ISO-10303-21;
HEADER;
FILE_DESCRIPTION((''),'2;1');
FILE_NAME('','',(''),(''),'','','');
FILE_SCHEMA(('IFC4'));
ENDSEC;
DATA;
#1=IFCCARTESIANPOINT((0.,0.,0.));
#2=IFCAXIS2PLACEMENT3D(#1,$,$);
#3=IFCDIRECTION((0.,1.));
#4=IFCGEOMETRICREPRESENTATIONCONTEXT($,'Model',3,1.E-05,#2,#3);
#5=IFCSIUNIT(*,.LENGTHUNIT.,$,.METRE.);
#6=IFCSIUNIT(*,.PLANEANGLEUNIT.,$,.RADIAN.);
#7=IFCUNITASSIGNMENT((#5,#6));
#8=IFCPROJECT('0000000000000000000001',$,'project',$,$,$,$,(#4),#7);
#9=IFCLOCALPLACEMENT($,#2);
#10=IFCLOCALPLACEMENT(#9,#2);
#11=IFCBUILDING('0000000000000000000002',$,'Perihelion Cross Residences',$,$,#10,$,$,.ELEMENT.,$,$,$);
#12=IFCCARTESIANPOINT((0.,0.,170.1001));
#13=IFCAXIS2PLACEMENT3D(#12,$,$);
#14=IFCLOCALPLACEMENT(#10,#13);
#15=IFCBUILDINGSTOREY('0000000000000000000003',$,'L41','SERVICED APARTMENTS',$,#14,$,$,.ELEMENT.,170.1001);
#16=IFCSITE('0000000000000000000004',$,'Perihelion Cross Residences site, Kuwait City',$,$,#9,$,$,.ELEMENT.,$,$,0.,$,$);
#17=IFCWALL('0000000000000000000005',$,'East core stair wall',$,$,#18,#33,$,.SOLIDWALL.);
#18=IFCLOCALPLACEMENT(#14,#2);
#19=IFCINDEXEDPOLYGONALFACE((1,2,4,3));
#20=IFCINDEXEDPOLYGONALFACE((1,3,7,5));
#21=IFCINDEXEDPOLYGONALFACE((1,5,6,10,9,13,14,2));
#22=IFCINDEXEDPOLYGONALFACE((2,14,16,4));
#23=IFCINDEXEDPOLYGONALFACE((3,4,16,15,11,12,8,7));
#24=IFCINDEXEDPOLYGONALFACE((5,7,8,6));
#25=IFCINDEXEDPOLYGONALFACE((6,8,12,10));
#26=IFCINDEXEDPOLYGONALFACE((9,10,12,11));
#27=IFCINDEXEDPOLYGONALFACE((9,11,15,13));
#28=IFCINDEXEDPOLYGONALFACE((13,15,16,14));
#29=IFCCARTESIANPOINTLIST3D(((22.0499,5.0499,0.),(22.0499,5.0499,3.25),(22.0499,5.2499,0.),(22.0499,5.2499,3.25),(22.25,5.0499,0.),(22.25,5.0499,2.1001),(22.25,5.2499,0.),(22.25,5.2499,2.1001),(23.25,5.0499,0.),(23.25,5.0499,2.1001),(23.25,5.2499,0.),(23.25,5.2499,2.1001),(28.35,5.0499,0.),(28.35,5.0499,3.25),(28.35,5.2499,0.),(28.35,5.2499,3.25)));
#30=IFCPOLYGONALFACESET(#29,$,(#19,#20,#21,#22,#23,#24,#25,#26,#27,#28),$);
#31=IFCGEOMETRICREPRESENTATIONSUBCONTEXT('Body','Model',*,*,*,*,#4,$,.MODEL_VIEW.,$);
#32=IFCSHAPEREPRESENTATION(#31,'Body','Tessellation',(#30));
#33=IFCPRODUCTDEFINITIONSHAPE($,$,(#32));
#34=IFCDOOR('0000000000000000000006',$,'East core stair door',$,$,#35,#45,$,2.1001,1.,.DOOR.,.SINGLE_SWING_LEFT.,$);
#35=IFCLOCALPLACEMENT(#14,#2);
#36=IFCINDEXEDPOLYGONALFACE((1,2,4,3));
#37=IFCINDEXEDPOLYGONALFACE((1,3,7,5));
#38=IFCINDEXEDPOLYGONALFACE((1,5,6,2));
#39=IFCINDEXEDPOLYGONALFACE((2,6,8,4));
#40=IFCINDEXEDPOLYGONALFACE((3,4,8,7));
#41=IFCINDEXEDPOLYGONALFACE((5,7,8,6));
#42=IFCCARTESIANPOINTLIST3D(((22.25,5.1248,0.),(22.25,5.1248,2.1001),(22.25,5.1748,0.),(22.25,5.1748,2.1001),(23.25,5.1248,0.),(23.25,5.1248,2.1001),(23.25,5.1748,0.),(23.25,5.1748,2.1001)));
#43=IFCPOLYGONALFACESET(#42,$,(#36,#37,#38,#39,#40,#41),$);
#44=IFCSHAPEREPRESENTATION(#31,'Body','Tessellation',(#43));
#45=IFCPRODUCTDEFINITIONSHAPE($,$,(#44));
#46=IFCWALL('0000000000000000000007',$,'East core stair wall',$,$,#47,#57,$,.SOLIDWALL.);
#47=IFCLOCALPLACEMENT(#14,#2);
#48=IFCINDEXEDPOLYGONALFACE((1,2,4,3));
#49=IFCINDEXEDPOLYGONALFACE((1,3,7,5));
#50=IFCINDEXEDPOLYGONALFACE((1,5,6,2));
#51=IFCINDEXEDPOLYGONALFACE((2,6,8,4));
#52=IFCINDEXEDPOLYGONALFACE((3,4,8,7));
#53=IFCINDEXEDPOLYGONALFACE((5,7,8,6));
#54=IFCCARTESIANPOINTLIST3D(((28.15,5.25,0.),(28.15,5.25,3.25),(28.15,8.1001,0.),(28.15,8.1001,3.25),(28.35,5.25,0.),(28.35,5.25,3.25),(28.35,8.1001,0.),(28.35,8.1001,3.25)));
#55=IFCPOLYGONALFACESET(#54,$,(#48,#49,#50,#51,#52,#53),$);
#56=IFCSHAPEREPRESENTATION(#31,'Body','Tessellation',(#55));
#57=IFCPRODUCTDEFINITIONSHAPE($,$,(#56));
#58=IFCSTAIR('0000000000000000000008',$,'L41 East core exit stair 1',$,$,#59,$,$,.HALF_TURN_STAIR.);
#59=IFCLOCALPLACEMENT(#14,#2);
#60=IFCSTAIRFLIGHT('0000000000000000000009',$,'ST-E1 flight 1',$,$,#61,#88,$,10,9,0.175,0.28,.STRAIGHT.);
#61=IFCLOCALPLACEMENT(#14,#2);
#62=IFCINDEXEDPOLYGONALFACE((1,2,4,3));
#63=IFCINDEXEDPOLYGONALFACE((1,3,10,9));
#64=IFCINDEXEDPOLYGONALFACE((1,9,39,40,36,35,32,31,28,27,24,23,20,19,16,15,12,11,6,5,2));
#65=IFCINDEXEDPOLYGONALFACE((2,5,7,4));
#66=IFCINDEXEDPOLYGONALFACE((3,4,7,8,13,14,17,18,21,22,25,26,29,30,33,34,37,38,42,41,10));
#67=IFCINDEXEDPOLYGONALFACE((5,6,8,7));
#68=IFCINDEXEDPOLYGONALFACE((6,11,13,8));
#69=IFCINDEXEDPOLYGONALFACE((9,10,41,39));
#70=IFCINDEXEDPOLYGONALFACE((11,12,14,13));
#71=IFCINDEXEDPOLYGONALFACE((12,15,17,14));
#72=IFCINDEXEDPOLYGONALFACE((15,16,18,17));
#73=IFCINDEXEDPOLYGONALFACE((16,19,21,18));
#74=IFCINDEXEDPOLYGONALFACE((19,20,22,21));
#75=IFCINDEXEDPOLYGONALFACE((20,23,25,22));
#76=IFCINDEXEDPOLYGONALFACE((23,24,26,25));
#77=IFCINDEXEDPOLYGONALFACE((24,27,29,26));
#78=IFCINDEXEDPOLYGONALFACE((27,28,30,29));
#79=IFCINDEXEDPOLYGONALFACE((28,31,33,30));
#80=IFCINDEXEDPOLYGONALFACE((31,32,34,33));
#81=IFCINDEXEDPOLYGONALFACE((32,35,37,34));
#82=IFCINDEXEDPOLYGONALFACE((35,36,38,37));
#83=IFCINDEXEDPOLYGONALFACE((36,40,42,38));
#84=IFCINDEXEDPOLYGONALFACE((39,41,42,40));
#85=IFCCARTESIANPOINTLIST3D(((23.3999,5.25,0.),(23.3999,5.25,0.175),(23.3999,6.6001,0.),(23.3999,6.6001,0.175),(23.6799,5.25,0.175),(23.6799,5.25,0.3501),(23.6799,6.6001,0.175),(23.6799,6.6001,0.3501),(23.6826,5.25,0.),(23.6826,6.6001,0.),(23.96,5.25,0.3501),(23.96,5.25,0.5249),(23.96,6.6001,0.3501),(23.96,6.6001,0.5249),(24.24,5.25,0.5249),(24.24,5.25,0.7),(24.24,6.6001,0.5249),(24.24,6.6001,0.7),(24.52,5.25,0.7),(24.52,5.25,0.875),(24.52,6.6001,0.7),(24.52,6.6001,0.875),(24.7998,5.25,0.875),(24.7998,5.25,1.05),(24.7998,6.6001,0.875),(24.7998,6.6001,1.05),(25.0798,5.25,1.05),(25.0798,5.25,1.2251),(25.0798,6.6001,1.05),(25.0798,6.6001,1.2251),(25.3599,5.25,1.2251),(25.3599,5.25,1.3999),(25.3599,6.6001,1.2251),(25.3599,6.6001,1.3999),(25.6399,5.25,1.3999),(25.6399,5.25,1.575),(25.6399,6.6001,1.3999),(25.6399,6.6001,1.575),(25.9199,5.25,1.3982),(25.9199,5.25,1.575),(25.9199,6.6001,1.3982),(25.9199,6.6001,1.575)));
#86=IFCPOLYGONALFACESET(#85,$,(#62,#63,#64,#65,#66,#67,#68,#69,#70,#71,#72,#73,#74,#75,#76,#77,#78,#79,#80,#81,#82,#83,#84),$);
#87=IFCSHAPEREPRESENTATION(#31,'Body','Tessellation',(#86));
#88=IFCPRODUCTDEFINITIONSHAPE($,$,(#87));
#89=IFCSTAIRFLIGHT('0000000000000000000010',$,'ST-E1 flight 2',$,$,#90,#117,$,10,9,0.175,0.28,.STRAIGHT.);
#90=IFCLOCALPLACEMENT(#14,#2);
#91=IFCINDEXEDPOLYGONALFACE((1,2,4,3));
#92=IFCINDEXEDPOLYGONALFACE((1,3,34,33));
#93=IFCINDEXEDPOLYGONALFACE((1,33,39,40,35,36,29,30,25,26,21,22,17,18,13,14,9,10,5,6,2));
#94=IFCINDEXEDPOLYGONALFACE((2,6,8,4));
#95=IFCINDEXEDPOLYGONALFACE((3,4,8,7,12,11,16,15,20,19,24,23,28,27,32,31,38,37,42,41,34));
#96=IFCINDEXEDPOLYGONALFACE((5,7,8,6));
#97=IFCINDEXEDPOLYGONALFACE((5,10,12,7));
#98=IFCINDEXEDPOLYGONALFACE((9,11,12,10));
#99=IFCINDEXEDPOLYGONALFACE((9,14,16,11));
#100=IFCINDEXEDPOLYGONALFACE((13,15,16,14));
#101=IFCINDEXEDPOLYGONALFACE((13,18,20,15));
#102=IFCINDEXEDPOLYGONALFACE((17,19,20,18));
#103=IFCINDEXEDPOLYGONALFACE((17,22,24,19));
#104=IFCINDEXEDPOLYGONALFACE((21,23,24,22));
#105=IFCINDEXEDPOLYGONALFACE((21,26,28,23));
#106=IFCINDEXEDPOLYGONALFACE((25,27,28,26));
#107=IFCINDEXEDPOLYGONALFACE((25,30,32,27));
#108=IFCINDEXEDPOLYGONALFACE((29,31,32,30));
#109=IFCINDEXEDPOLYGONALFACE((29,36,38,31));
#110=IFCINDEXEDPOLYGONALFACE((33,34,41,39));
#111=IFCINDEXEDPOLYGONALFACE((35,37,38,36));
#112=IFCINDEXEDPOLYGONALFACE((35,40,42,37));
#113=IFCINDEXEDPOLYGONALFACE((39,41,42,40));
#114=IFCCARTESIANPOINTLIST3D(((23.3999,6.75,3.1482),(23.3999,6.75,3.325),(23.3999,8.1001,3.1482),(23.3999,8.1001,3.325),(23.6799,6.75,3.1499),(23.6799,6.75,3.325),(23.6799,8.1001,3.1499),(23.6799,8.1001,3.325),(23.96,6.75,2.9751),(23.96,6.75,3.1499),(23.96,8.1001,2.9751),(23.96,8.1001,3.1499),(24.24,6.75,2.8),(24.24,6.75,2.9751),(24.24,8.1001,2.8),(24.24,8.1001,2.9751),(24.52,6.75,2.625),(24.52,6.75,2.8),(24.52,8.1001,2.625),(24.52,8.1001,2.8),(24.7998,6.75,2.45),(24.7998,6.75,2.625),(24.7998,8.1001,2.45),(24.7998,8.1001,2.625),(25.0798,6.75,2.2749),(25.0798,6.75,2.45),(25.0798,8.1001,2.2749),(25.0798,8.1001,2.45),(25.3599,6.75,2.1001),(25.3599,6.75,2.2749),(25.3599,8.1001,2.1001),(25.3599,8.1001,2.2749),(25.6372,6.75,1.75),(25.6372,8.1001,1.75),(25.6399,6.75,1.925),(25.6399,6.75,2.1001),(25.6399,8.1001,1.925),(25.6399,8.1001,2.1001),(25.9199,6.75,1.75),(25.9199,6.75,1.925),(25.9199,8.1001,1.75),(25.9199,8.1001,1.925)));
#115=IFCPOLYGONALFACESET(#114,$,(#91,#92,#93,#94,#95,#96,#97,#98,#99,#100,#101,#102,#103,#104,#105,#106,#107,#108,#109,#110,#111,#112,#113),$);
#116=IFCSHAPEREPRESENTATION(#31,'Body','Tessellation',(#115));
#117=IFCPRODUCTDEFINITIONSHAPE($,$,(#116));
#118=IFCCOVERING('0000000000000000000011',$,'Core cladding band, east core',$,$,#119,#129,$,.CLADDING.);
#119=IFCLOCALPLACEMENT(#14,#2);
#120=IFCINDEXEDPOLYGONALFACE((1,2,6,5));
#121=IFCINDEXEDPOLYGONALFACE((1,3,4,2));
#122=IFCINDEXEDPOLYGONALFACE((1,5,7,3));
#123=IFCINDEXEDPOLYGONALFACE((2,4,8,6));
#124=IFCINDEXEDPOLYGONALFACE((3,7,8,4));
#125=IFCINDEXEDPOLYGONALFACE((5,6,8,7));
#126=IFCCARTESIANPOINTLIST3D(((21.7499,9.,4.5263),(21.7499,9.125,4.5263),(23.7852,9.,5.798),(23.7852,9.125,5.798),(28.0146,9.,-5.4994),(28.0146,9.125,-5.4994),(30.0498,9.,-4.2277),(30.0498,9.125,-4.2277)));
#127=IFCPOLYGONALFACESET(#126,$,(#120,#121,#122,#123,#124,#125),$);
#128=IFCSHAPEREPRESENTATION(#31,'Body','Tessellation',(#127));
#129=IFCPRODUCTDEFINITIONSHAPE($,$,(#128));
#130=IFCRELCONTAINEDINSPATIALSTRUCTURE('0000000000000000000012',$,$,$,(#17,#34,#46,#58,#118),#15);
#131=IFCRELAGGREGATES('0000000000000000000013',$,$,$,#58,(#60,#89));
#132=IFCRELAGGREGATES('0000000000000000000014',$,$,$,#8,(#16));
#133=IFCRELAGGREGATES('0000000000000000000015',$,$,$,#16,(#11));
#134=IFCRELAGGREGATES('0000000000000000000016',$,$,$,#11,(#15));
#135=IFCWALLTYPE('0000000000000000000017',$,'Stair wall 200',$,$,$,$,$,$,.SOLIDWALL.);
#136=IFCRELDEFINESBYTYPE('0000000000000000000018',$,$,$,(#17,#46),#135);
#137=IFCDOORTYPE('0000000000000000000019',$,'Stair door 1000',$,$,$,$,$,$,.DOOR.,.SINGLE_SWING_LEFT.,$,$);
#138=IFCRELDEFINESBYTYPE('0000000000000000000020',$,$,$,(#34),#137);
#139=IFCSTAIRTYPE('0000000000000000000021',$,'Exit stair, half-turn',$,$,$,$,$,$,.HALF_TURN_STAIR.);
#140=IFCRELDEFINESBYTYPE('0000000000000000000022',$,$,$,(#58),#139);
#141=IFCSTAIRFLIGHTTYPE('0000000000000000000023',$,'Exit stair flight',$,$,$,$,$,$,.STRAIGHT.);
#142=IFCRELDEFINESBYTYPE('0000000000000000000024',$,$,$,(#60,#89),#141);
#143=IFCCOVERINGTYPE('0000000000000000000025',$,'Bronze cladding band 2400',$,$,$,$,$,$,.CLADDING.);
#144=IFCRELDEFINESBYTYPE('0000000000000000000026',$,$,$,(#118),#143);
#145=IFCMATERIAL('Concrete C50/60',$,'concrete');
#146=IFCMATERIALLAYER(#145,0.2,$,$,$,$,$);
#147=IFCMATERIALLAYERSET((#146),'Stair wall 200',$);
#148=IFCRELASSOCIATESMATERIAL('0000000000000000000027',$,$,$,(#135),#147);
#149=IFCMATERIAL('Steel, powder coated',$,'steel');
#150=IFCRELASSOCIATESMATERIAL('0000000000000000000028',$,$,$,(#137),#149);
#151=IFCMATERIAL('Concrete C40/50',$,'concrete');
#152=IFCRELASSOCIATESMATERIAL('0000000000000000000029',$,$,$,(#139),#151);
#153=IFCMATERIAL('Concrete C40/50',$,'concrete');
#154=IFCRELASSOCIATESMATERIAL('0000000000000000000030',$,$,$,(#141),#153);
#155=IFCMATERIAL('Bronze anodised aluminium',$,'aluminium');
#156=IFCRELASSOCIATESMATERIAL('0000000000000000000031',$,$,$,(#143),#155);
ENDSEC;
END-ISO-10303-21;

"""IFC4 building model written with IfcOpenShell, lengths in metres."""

from ifc_helpers import new_model, si_unit, direction, frame, frame_2d, origin, origin_2d, place, context, subcontext, project, spatial, polyline, rectangle, outline, extrude, material, layer, layer_set, material_profile, profile_set, type_object, element, fill, aggregate, save


model = new_model("IFC4")

# Units and contexts
model_context = context("Model", 3, precision=1e-05, world=origin(), true_north=direction((0.0, 1.0)))
body_context = subcontext(model_context, "Body", "Model", "MODEL_VIEW")
ifc_project = project(units=[si_unit("LENGTHUNIT", "METRE"), si_unit("PLANEANGLEUNIT", "RADIAN")], contexts=[model_context])

# Site, building, storey
site_placement = place(None, origin())
site = spatial("IfcSite", under=ifc_project, at=site_placement, Name="Perihelion Cross Residences site, Kuwait City", CompositionType="ELEMENT", RefElevation=0.0)
building_placement = place(site_placement, origin())
building = spatial("IfcBuilding", under=site, at=building_placement, Name="Perihelion Cross Residences", CompositionType="ELEMENT")
storey_placement = place(building_placement, frame((0.0, 0.0, 170.1001)))
storey = spatial("IfcBuildingStorey", under=building, at=storey_placement, Name="L41", Description="SERVICED APARTMENTS", CompositionType="ELEMENT", Elevation=170.1001)

# Wall, opening, door
ifc_material_1 = material(Name="Concrete C50/60", Category="concrete")
ifc_layer_1 = layer(ifc_material_1, 0.2)
ifc_layer_set_1 = layer_set([ifc_layer_1], Name="Stair wall 200")
wall_type_1 = type_object("IfcWallType", Name="Stair wall 200", PredefinedType="SOLIDWALL", material=ifc_layer_set_1)
wall_1_placement = place(storey_placement, frame((22.05, 5.1499, 0.0), z_axis=(0.0, 0.0, 1.0), x_axis=(1.0, 0.0, 0.0)))
wall_1 = element("IfcWall", 1, at=wall_1_placement, inside=storey, type_object=wall_type_1, Name="East core stair wall", PredefinedType="SOLIDWALL", context=body_context, shape_type="SweptSolid", body=[
    extrude(rectangle(XDim=6.3, YDim=0.2, at=frame_2d((3.1499, 0.0))), origin(), (0.0, 0.0, 1.0), 3.25),
])
opening_1_placement = place(wall_1_placement, frame((0.2, 0.0, 0.0)))
opening_1 = element("IfcOpeningElement", 2, at=opening_1_placement, cuts=wall_1, PredefinedType="OPENING", context=body_context, shape_type="SweptSolid", body=[
    extrude(rectangle(XDim=1.0, YDim=2.1001, at=frame_2d((0.5, 1.05))), frame((0.0, 0.1099, 0.0), z_axis=(0.0, -1.0, 0.0), x_axis=(1.0, 0.0, 0.0)), (0.0, 0.0, 1.0), 0.22),
])
ifc_material_2 = material(Name="Steel, powder coated", Category="steel")
door_type_1 = type_object("IfcDoorType", Name="Stair door 1000", OperationType="SINGLE_SWING_LEFT", PredefinedType="DOOR", material=ifc_material_2)
door_1_placement = place(opening_1_placement, origin())
door_1 = element("IfcDoor", 3, at=door_1_placement, inside=storey, type_object=door_type_1, Name="East core stair door", OperationType="SINGLE_SWING_LEFT", OverallHeight=2.1001, OverallWidth=1.0, PredefinedType="DOOR", context=body_context, shape_type="SweptSolid", body=[
    extrude(rectangle(XDim=1.0, YDim=2.1001, at=frame_2d((0.5, 1.05))), frame((0.0, 0.0249, 0.0), z_axis=(0.0, -1.0, 0.0), x_axis=(1.0, 0.0, 0.0)), (0.0, 0.0, 1.0), 0.05),
])
fill(opening_1, door_1)

# Wall
wall_2_placement = place(storey_placement, frame((28.25, 5.25, 0.0), z_axis=(0.0, 0.0, 1.0), x_axis=(0.0, 1.0, 0.0)))
element("IfcWall", 4, at=wall_2_placement, inside=storey, type_object=wall_type_1, Name="East core stair wall", PredefinedType="SOLIDWALL", context=body_context, shape_type="SweptSolid", body=[
    extrude(rectangle(XDim=2.8501, YDim=0.2, at=frame_2d((1.425, 0.0))), origin(), (0.0, 0.0, 1.0), 3.25),
])

# Stair, stair flights
ifc_material_3 = material(Name="Concrete C40/50", Category="concrete")
stair_type = type_object("IfcStairType", Name="Exit stair, half-turn", PredefinedType="HALF_TURN_STAIR", material=ifc_material_3)
stair_placement = place(storey_placement, origin())
stair = element("IfcStair", 5, at=stair_placement, inside=storey, type_object=stair_type, Name="L41 East core exit stair 1", PredefinedType="HALF_TURN_STAIR")
ifc_material_4 = material(Name="Concrete C40/50", Category="concrete")
stair_flight_type = type_object("IfcStairFlightType", Name="Exit stair flight", PredefinedType="STRAIGHT", material=ifc_material_4)
stair_flight_1_placement = place(storey_placement, frame((23.3999, 5.925, 0.0), z_axis=(0.0, 0.0, 1.0), x_axis=(1.0, 0.0, 0.0)))
stair_flight_1 = element("IfcStairFlight", 6, at=stair_flight_1_placement, type_object=stair_flight_type, Name="ST-E1 flight 1", NumberOfRisers=10, NumberOfTreads=9, PredefinedType="STRAIGHT", RiserHeight=0.175, TreadLength=0.28, context=body_context, shape_type="SweptSolid", body=[
    extrude(outline(polyline([(0.0, 0.0), (0.0, 0.175), (0.28, 0.175), (0.28, 0.3501), (0.5601, 0.3501), (0.5601, 0.5249), (0.8401, 0.5249), (0.8401, 0.7), (1.1201, 0.7), (1.1201, 0.875), (1.3999, 0.875), (1.3999, 1.05), (1.6799, 1.05), (1.6799, 1.2251), (1.96, 1.2251), (1.96, 1.3999), (2.24, 1.3999), (2.24, 1.575), (2.52, 1.575), (2.52, 1.75), (2.52, 1.3982), (0.2827, 0.0), (0.0, 0.0)])), frame((0.0, 0.675, 0.0), z_axis=(0.0, -1.0, 0.0), x_axis=(1.0, 0.0, 0.0)), (0.0, 0.0, 1.0), 1.3501),
])
stair_flight_2_placement = place(storey_placement, frame((25.9199, 7.425, 1.75), z_axis=(0.0, 0.0, 1.0), x_axis=(-1.0, 0.0, 0.0)))
stair_flight_2 = element("IfcStairFlight", 7, at=stair_flight_2_placement, type_object=stair_flight_type, Name="ST-E1 flight 2", NumberOfRisers=10, NumberOfTreads=9, PredefinedType="STRAIGHT", RiserHeight=0.175, TreadLength=0.28, context=body_context, shape_type="SweptSolid", body=[
    extrude(outline(polyline([(0.0, 0.0), (0.0, 0.175), (0.28, 0.175), (0.28, 0.3501), (0.5601, 0.3501), (0.5601, 0.5249), (0.8401, 0.5249), (0.8401, 0.7), (1.1201, 0.7), (1.1201, 0.875), (1.3999, 0.875), (1.3999, 1.05), (1.6799, 1.05), (1.6799, 1.2251), (1.96, 1.2251), (1.96, 1.3999), (2.24, 1.3999), (2.24, 1.575), (2.52, 1.575), (2.52, 1.75), (2.52, 1.3982), (0.2827, 0.0), (0.0, 0.0)])), frame((0.0, 0.675, 0.0), z_axis=(0.0, -1.0, 0.0), x_axis=(1.0, 0.0, 0.0)), (0.0, 0.0, 1.0), 1.3501),
])
aggregate(stair, [stair_flight_1, stair_flight_2])

# Covering
ifc_material_5 = material(Name="Bronze anodised aluminium", Category="aluminium")
ifc_material_profile = material_profile(ifc_material_5, rectangle(XDim=0.125, YDim=2.3999, at=origin_2d()), Name="Bronze cladding band 2400")
ifc_profile_set = profile_set([ifc_material_profile], Name="Bronze anodised aluminium")
covering_type = type_object("IfcCoveringType", Name="Bronze cladding band 2400", PredefinedType="CLADDING", material=ifc_profile_set)
covering_placement = place(storey_placement, frame((29.0322, 9.0625, -4.8635), z_axis=(-0.529915, 0.0, 0.848051), x_axis=(0.0, -1.0, 0.0)))
element("IfcCovering", 8, at=covering_placement, inside=storey, type_object=covering_type, Name="Core cladding band, east core", PredefinedType="CLADDING", context=body_context, shape_type="SweptSolid", body=[
    extrude(rectangle(XDim=0.125, YDim=2.3999, at=origin_2d()), origin(), (0.0, 0.0, 1.0), 11.822),
])

save(model, "model.ifc")
